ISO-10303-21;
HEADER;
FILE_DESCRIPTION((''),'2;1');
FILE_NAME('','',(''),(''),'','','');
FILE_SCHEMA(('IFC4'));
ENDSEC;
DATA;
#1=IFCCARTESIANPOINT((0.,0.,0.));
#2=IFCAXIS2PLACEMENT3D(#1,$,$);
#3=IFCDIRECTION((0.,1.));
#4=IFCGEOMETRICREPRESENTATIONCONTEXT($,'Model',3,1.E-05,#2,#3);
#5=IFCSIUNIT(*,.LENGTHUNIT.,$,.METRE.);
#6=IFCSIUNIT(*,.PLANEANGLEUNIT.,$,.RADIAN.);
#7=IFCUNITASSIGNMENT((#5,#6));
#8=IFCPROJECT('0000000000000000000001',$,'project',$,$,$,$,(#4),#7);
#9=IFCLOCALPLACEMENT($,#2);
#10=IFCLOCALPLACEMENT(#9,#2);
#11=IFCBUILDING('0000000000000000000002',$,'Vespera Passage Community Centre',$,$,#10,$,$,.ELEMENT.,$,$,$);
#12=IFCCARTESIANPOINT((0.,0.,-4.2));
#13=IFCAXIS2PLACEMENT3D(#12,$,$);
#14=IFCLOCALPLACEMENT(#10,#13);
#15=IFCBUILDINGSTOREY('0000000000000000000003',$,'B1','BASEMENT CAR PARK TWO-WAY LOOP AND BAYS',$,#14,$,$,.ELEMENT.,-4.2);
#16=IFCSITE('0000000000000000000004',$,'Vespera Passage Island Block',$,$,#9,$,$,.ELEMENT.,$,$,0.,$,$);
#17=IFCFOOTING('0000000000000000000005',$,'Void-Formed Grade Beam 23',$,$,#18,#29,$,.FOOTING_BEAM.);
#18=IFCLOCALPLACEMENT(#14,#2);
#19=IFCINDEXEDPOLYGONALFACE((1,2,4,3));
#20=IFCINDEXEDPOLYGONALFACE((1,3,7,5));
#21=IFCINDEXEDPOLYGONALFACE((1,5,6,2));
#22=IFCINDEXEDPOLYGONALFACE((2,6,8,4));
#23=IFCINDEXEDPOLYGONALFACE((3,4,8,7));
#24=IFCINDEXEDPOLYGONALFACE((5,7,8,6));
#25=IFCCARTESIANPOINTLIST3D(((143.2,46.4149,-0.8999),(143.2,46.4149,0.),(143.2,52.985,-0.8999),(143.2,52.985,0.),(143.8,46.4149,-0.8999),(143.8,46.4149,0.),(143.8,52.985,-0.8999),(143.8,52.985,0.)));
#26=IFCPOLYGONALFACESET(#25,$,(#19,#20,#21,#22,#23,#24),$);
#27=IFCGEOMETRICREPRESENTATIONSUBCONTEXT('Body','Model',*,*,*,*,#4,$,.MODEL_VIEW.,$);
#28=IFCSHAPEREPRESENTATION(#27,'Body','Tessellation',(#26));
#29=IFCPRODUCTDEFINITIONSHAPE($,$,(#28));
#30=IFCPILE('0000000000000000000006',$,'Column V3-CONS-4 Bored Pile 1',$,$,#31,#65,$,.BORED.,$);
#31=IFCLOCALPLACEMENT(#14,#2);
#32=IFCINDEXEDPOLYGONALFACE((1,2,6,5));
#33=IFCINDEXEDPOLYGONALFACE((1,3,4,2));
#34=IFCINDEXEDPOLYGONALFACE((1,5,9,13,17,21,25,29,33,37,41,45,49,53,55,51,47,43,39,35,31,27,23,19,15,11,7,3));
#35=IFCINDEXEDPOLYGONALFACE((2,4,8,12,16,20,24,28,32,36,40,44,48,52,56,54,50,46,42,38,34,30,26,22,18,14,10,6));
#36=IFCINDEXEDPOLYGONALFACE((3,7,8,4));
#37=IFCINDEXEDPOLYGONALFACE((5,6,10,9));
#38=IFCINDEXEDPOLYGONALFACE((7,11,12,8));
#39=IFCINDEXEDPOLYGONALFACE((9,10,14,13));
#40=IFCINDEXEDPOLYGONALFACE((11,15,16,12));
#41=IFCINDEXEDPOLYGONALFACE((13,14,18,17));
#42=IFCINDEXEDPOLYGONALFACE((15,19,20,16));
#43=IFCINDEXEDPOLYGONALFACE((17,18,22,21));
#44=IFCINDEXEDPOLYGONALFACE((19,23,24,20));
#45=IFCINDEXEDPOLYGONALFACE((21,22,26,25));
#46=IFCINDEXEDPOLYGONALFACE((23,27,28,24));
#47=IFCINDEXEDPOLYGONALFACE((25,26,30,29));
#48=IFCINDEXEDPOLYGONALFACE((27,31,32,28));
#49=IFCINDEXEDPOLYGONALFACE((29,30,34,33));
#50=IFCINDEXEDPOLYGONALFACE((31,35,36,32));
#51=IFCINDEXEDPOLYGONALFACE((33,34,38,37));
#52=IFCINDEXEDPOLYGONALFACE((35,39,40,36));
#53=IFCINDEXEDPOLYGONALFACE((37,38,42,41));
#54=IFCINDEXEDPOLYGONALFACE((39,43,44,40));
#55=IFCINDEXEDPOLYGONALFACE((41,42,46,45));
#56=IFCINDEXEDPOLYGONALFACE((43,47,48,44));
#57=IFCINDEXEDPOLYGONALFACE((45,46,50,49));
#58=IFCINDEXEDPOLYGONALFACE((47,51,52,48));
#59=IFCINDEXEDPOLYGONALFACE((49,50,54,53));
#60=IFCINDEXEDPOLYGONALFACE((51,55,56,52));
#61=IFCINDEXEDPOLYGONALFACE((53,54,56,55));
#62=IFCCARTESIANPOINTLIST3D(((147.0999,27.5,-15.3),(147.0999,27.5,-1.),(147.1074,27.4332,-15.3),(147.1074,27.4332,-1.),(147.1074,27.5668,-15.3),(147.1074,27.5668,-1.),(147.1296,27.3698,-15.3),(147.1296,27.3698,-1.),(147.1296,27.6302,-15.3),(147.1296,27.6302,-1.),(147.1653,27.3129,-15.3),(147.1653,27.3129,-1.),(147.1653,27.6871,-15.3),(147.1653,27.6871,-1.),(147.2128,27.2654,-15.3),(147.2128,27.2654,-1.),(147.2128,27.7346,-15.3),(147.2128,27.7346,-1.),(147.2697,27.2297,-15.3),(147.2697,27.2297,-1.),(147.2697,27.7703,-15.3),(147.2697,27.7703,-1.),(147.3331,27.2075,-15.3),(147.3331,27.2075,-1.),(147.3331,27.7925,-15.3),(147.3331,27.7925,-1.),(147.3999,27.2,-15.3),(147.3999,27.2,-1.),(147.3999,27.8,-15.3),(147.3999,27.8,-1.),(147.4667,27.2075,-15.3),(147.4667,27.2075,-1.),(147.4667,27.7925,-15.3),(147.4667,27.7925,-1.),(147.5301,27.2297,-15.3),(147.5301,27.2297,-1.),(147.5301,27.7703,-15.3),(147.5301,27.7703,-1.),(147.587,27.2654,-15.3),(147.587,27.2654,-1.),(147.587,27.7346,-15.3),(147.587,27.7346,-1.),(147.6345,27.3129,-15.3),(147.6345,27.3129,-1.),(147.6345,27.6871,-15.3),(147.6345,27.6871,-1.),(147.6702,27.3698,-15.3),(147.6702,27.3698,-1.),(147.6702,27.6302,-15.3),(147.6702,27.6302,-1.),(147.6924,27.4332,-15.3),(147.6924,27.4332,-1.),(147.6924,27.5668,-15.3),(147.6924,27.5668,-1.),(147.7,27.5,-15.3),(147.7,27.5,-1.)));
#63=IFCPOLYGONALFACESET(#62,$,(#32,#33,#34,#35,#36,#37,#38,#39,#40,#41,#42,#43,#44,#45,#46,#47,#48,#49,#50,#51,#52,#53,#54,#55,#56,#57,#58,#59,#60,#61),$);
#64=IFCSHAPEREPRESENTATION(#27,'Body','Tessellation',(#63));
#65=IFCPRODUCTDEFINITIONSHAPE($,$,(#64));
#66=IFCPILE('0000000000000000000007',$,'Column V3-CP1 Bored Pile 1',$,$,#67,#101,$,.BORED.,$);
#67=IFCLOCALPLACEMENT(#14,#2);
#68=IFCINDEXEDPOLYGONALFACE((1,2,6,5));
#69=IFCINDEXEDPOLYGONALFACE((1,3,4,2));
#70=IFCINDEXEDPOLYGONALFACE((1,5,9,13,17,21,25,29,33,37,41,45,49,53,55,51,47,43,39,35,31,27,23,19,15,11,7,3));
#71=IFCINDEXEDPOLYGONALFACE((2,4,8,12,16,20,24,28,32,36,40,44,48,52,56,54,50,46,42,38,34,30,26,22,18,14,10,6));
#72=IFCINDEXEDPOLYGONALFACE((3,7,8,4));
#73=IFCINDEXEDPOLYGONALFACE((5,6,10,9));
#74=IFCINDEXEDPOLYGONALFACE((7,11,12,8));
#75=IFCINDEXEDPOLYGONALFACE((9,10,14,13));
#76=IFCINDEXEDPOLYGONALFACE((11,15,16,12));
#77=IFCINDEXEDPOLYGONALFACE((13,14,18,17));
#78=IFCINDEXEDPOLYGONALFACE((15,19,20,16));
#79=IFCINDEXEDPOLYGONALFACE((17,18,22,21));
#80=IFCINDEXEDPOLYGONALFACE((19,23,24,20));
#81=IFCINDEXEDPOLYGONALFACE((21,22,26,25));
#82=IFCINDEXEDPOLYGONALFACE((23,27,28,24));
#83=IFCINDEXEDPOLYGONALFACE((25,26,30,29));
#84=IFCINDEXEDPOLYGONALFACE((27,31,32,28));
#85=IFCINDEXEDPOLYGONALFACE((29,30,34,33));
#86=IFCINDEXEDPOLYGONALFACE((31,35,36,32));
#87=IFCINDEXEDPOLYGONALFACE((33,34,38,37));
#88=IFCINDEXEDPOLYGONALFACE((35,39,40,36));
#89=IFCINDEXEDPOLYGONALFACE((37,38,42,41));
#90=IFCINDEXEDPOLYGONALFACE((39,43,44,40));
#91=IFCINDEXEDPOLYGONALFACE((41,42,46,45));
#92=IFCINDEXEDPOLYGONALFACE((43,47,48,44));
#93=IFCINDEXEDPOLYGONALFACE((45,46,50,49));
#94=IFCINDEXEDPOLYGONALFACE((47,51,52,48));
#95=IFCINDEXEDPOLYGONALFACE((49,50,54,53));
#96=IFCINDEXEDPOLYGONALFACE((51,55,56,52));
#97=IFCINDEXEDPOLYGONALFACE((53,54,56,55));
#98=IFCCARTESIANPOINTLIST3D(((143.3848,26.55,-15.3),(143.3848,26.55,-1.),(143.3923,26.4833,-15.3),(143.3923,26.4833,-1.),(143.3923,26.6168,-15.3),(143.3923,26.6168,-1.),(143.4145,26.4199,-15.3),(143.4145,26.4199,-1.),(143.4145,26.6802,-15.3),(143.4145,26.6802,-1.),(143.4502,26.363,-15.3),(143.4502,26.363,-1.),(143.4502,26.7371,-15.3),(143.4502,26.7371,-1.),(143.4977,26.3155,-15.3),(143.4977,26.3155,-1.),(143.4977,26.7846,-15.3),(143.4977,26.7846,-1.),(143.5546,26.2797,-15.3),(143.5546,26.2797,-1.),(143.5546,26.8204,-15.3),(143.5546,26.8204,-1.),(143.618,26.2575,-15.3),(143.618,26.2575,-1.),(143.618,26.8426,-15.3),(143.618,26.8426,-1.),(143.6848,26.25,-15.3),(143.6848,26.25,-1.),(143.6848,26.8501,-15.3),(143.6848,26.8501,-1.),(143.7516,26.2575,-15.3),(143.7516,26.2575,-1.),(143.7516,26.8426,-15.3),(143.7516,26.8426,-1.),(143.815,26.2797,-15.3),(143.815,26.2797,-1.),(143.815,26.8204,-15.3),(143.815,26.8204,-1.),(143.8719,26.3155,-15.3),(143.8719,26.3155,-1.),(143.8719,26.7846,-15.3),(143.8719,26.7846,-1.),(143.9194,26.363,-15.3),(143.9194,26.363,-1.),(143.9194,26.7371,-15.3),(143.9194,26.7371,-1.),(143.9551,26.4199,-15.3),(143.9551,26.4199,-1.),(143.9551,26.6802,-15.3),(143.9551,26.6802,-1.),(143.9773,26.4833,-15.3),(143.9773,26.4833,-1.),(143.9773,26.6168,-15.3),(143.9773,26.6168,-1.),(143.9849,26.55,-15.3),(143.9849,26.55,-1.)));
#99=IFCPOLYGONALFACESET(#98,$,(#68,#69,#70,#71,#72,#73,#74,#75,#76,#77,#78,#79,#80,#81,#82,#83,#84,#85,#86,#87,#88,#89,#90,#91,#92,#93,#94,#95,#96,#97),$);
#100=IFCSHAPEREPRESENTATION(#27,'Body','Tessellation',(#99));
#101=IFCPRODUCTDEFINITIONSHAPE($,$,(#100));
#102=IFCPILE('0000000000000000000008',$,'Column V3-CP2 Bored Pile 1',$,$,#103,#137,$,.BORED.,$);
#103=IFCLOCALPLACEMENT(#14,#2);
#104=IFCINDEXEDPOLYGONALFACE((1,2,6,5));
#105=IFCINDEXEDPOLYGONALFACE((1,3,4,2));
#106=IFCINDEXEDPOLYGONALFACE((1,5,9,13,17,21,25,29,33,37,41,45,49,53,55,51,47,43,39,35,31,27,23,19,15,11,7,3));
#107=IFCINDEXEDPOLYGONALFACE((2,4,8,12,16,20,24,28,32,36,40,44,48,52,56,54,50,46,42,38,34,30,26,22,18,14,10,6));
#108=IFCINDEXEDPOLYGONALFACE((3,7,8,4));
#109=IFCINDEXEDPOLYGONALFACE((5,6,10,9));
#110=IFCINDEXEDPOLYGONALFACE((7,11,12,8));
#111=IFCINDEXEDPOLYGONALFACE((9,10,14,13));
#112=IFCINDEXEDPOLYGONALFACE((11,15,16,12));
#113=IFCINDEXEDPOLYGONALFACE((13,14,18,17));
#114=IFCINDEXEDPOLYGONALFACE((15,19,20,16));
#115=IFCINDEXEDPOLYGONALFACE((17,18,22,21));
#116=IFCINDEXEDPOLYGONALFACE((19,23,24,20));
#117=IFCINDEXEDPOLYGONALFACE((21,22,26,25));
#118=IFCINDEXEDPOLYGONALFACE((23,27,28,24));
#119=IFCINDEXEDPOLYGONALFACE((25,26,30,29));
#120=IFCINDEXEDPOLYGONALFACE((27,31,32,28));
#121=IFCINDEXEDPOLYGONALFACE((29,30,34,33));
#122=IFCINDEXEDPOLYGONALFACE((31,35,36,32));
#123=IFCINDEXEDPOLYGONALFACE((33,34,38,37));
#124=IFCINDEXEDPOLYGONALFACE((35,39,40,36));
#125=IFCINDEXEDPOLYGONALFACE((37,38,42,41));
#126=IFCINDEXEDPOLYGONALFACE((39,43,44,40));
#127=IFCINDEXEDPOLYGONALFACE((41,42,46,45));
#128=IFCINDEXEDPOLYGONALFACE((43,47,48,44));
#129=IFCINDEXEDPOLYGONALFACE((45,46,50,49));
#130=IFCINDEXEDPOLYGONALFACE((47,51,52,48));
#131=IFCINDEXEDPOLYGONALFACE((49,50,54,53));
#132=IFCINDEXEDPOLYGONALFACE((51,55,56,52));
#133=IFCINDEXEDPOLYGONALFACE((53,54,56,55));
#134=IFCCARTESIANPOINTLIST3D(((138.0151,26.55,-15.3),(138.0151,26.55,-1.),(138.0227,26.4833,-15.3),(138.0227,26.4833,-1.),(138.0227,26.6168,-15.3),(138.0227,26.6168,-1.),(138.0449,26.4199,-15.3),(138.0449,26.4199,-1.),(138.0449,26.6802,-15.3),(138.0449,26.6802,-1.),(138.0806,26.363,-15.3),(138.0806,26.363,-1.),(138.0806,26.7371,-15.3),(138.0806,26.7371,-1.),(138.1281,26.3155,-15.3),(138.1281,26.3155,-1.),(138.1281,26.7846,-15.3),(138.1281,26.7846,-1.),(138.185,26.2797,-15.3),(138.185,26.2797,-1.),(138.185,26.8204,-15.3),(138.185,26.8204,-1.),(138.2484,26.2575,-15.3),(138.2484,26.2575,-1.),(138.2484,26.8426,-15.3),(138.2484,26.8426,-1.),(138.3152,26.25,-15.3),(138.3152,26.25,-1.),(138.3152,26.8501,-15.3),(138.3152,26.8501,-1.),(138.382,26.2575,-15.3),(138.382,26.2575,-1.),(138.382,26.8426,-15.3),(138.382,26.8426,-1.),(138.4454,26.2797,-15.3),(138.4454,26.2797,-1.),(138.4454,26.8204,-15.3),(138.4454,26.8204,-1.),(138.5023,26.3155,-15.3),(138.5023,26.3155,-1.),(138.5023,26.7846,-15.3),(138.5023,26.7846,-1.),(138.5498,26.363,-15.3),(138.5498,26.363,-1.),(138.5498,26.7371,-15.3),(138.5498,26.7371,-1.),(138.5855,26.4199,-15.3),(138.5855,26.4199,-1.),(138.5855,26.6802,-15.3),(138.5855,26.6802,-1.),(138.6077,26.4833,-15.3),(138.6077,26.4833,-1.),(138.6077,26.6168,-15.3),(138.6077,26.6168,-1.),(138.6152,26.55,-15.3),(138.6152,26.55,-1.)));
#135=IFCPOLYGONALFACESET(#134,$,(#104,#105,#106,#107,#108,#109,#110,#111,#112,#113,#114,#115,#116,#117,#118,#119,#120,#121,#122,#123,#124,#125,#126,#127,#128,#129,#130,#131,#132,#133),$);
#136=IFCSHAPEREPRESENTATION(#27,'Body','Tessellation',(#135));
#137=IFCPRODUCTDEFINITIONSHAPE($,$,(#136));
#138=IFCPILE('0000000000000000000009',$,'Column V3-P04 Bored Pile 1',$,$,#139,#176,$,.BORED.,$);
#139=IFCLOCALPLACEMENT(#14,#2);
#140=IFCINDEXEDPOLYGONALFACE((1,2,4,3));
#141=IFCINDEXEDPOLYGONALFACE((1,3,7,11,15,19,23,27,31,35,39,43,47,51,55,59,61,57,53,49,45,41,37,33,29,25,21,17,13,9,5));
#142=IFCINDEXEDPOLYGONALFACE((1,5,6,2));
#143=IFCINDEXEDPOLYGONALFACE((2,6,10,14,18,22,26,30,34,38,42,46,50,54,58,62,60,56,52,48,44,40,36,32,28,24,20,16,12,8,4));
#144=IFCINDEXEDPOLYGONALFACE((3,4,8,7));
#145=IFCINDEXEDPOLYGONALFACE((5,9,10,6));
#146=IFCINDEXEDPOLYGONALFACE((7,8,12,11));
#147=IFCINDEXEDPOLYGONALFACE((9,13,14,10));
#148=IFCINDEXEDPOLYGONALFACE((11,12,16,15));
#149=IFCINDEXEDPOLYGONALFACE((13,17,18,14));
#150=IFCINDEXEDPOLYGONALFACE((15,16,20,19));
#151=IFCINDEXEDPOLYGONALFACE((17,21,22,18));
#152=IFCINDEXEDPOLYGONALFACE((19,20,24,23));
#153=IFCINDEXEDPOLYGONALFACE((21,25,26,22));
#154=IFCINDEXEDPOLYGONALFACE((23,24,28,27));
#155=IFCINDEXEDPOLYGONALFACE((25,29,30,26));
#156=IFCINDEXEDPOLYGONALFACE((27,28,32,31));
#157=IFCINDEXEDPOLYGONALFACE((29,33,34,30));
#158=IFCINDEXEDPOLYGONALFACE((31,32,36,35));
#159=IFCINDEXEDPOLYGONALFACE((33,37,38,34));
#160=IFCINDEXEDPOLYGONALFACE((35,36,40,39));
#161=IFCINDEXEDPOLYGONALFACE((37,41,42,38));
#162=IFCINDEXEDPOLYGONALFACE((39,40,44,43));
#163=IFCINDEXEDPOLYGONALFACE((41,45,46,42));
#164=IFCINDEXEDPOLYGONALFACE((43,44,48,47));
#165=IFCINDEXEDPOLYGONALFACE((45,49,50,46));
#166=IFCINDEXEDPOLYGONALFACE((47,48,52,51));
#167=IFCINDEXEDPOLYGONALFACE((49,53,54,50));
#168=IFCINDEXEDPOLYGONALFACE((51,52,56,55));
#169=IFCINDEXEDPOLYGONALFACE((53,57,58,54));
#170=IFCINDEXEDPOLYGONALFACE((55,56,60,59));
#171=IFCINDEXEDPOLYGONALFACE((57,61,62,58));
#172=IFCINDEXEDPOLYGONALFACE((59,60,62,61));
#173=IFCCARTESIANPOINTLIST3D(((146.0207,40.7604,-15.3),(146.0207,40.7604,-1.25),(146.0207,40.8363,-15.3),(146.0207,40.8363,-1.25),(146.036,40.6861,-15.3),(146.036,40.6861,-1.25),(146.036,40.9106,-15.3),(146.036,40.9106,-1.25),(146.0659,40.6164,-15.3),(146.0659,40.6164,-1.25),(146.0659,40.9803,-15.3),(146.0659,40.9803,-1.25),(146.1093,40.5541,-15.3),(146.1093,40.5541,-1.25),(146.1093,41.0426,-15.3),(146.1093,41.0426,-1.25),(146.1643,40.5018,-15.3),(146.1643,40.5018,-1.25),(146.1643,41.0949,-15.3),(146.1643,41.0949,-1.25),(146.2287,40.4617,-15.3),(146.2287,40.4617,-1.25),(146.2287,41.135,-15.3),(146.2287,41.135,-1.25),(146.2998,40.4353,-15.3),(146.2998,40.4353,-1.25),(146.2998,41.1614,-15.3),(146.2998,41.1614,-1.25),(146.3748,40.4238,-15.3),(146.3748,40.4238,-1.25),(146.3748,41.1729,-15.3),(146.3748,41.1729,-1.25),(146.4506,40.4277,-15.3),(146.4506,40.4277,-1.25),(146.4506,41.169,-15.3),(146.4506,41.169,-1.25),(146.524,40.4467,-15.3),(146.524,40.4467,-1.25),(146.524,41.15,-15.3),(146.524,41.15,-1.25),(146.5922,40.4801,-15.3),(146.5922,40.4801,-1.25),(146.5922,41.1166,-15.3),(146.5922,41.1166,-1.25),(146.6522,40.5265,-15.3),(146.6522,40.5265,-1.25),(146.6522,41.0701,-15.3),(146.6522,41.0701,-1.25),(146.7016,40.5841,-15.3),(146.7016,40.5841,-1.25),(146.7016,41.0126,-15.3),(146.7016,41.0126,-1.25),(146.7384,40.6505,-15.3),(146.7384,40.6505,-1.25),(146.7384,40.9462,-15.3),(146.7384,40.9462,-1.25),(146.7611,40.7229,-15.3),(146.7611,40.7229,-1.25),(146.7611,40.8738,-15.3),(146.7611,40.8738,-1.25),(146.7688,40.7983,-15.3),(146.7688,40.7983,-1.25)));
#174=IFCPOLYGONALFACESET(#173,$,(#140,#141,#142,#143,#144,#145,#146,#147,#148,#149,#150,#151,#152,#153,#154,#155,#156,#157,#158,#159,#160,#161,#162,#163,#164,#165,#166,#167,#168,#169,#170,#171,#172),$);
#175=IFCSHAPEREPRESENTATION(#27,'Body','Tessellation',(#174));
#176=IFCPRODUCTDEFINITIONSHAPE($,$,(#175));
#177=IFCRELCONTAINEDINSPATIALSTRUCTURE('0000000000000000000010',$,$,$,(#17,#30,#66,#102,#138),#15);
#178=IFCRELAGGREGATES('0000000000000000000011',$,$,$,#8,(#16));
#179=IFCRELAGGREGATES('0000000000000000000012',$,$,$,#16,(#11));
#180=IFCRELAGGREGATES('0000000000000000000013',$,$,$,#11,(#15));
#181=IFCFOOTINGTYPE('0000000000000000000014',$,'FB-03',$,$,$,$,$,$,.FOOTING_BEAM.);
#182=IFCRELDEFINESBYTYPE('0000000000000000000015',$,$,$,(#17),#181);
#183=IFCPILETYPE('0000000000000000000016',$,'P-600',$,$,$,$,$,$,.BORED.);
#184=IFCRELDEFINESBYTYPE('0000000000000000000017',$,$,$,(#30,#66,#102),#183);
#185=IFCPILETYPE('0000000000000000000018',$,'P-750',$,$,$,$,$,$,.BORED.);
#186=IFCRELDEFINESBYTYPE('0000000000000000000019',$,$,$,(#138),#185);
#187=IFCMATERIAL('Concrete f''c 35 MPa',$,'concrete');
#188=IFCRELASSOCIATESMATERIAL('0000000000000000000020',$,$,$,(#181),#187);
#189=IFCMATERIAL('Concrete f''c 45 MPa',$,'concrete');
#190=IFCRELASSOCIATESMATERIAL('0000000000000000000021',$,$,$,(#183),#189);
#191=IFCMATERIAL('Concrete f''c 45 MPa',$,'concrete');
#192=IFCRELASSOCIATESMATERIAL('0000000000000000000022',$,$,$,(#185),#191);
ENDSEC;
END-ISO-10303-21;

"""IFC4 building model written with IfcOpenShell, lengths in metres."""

from ifc_helpers import new_model, si_unit, direction, frame, origin, origin_2d, place, context, subcontext, project, spatial, rectangle, circle, extrude, material, material_profile, profile_set, type_object, element, save


model = new_model("IFC4")

# Units and contexts
model_context = context("Model", 3, precision=1e-05, world=origin(), true_north=direction((0.0, 1.0)))
body_context = subcontext(model_context, "Body", "Model", "MODEL_VIEW")
ifc_project = project(units=[si_unit("LENGTHUNIT", "METRE"), si_unit("PLANEANGLEUNIT", "RADIAN")], contexts=[model_context])

# Site, building, storey
site_placement = place(None, origin())
site = spatial("IfcSite", under=ifc_project, at=site_placement, Name="Vespera Passage Island Block", CompositionType="ELEMENT", RefElevation=0.0)
building_placement = place(site_placement, origin())
building = spatial("IfcBuilding", under=site, at=building_placement, Name="Vespera Passage Community Centre", CompositionType="ELEMENT")
storey_placement = place(building_placement, frame((0.0, 0.0, -4.2)))
storey = spatial("IfcBuildingStorey", under=building, at=storey_placement, Name="B1", Description="BASEMENT CAR PARK TWO-WAY LOOP AND BAYS", CompositionType="ELEMENT", Elevation=-4.2)

# Footing
ifc_material_1 = material(Name="Concrete f'c 35 MPa", Category="concrete")
footing_type_1 = type_object("IfcFootingType", Name="FB-03", PredefinedType="FOOTING_BEAM", material=ifc_material_1)
footing_1_placement = place(storey_placement, frame((143.5, 49.7, -0.8999), z_axis=(0.0, 0.0, 1.0), x_axis=(0.0, 1.0, 0.0)))
element("IfcFooting", 1, at=footing_1_placement, inside=storey, type_object=footing_type_1, Name="Void-Formed Grade Beam 23", PredefinedType="FOOTING_BEAM", context=body_context, shape_type="SweptSolid", body=[
    extrude(rectangle(XDim=6.5701, YDim=0.6001, at=origin_2d()), origin(), (0.0, 0.0, 1.0), 0.8999),
])

# Piles
ifc_material_2 = material(Name="Concrete f'c 45 MPa", Category="concrete")
ifc_material_profile_1 = material_profile(ifc_material_2, circle(Radius=0.3, at=origin_2d()), Name="PILE600DIA")
ifc_profile_set_1 = profile_set([ifc_material_profile_1], Name="Concrete f'c 45 MPa")
pile_type_1 = type_object("IfcPileType", Name="P-600", PredefinedType="BORED", material=ifc_profile_set_1)
for number, where, z_axis, x_axis, name in (
    (2, (147.3999, 27.5, -1.0), (0.0, 0.0, -1.0), (1.0, 0.0, 0.0), "Column V3-CONS-4 Bored Pile 1"),
    (3, (143.6848, 26.55, -1.0), (0.0, 0.0, -1.0), (1.0, 0.0, 0.0), "Column V3-CP1 Bored Pile 1"),
    (4, (138.3152, 26.55, -1.0), (0.0, 0.0, -1.0), (1.0, 0.0, 0.0), "Column V3-CP2 Bored Pile 1"),
):
    element("IfcPile", number, at=place(storey_placement, frame(where, z_axis=z_axis, x_axis=x_axis)), inside=storey, type_object=pile_type_1, Name=name, PredefinedType="BORED", context=body_context, shape_type="SweptSolid", body=[
        extrude(circle(Radius=0.3, at=origin_2d()), origin(), (0.0, 0.0, 1.0), 14.3),
    ])
ifc_material_3 = material(Name="Concrete f'c 45 MPa", Category="concrete")
ifc_material_profile_2 = material_profile(ifc_material_3, circle(Radius=0.375, at=origin_2d()), Name="PILE750DIA")
ifc_profile_set_2 = profile_set([ifc_material_profile_2], Name="Concrete f'c 45 MPa")
pile_type_2 = type_object("IfcPileType", Name="P-750", PredefinedType="BORED", material=ifc_profile_set_2)
pile_1_placement = place(storey_placement, frame((146.3938, 40.7983, -1.25), z_axis=(0.0, 0.0, -1.0), x_axis=(1.0, 0.0, 0.0)))
element("IfcPile", 5, at=pile_1_placement, inside=storey, type_object=pile_type_2, Name="Column V3-P04 Bored Pile 1", PredefinedType="BORED", context=body_context, shape_type="SweptSolid", body=[
    extrude(circle(Radius=0.375, at=origin_2d()), origin(), (0.0, 0.0, 1.0), 14.05),
])

save(model, "model.ifc")
